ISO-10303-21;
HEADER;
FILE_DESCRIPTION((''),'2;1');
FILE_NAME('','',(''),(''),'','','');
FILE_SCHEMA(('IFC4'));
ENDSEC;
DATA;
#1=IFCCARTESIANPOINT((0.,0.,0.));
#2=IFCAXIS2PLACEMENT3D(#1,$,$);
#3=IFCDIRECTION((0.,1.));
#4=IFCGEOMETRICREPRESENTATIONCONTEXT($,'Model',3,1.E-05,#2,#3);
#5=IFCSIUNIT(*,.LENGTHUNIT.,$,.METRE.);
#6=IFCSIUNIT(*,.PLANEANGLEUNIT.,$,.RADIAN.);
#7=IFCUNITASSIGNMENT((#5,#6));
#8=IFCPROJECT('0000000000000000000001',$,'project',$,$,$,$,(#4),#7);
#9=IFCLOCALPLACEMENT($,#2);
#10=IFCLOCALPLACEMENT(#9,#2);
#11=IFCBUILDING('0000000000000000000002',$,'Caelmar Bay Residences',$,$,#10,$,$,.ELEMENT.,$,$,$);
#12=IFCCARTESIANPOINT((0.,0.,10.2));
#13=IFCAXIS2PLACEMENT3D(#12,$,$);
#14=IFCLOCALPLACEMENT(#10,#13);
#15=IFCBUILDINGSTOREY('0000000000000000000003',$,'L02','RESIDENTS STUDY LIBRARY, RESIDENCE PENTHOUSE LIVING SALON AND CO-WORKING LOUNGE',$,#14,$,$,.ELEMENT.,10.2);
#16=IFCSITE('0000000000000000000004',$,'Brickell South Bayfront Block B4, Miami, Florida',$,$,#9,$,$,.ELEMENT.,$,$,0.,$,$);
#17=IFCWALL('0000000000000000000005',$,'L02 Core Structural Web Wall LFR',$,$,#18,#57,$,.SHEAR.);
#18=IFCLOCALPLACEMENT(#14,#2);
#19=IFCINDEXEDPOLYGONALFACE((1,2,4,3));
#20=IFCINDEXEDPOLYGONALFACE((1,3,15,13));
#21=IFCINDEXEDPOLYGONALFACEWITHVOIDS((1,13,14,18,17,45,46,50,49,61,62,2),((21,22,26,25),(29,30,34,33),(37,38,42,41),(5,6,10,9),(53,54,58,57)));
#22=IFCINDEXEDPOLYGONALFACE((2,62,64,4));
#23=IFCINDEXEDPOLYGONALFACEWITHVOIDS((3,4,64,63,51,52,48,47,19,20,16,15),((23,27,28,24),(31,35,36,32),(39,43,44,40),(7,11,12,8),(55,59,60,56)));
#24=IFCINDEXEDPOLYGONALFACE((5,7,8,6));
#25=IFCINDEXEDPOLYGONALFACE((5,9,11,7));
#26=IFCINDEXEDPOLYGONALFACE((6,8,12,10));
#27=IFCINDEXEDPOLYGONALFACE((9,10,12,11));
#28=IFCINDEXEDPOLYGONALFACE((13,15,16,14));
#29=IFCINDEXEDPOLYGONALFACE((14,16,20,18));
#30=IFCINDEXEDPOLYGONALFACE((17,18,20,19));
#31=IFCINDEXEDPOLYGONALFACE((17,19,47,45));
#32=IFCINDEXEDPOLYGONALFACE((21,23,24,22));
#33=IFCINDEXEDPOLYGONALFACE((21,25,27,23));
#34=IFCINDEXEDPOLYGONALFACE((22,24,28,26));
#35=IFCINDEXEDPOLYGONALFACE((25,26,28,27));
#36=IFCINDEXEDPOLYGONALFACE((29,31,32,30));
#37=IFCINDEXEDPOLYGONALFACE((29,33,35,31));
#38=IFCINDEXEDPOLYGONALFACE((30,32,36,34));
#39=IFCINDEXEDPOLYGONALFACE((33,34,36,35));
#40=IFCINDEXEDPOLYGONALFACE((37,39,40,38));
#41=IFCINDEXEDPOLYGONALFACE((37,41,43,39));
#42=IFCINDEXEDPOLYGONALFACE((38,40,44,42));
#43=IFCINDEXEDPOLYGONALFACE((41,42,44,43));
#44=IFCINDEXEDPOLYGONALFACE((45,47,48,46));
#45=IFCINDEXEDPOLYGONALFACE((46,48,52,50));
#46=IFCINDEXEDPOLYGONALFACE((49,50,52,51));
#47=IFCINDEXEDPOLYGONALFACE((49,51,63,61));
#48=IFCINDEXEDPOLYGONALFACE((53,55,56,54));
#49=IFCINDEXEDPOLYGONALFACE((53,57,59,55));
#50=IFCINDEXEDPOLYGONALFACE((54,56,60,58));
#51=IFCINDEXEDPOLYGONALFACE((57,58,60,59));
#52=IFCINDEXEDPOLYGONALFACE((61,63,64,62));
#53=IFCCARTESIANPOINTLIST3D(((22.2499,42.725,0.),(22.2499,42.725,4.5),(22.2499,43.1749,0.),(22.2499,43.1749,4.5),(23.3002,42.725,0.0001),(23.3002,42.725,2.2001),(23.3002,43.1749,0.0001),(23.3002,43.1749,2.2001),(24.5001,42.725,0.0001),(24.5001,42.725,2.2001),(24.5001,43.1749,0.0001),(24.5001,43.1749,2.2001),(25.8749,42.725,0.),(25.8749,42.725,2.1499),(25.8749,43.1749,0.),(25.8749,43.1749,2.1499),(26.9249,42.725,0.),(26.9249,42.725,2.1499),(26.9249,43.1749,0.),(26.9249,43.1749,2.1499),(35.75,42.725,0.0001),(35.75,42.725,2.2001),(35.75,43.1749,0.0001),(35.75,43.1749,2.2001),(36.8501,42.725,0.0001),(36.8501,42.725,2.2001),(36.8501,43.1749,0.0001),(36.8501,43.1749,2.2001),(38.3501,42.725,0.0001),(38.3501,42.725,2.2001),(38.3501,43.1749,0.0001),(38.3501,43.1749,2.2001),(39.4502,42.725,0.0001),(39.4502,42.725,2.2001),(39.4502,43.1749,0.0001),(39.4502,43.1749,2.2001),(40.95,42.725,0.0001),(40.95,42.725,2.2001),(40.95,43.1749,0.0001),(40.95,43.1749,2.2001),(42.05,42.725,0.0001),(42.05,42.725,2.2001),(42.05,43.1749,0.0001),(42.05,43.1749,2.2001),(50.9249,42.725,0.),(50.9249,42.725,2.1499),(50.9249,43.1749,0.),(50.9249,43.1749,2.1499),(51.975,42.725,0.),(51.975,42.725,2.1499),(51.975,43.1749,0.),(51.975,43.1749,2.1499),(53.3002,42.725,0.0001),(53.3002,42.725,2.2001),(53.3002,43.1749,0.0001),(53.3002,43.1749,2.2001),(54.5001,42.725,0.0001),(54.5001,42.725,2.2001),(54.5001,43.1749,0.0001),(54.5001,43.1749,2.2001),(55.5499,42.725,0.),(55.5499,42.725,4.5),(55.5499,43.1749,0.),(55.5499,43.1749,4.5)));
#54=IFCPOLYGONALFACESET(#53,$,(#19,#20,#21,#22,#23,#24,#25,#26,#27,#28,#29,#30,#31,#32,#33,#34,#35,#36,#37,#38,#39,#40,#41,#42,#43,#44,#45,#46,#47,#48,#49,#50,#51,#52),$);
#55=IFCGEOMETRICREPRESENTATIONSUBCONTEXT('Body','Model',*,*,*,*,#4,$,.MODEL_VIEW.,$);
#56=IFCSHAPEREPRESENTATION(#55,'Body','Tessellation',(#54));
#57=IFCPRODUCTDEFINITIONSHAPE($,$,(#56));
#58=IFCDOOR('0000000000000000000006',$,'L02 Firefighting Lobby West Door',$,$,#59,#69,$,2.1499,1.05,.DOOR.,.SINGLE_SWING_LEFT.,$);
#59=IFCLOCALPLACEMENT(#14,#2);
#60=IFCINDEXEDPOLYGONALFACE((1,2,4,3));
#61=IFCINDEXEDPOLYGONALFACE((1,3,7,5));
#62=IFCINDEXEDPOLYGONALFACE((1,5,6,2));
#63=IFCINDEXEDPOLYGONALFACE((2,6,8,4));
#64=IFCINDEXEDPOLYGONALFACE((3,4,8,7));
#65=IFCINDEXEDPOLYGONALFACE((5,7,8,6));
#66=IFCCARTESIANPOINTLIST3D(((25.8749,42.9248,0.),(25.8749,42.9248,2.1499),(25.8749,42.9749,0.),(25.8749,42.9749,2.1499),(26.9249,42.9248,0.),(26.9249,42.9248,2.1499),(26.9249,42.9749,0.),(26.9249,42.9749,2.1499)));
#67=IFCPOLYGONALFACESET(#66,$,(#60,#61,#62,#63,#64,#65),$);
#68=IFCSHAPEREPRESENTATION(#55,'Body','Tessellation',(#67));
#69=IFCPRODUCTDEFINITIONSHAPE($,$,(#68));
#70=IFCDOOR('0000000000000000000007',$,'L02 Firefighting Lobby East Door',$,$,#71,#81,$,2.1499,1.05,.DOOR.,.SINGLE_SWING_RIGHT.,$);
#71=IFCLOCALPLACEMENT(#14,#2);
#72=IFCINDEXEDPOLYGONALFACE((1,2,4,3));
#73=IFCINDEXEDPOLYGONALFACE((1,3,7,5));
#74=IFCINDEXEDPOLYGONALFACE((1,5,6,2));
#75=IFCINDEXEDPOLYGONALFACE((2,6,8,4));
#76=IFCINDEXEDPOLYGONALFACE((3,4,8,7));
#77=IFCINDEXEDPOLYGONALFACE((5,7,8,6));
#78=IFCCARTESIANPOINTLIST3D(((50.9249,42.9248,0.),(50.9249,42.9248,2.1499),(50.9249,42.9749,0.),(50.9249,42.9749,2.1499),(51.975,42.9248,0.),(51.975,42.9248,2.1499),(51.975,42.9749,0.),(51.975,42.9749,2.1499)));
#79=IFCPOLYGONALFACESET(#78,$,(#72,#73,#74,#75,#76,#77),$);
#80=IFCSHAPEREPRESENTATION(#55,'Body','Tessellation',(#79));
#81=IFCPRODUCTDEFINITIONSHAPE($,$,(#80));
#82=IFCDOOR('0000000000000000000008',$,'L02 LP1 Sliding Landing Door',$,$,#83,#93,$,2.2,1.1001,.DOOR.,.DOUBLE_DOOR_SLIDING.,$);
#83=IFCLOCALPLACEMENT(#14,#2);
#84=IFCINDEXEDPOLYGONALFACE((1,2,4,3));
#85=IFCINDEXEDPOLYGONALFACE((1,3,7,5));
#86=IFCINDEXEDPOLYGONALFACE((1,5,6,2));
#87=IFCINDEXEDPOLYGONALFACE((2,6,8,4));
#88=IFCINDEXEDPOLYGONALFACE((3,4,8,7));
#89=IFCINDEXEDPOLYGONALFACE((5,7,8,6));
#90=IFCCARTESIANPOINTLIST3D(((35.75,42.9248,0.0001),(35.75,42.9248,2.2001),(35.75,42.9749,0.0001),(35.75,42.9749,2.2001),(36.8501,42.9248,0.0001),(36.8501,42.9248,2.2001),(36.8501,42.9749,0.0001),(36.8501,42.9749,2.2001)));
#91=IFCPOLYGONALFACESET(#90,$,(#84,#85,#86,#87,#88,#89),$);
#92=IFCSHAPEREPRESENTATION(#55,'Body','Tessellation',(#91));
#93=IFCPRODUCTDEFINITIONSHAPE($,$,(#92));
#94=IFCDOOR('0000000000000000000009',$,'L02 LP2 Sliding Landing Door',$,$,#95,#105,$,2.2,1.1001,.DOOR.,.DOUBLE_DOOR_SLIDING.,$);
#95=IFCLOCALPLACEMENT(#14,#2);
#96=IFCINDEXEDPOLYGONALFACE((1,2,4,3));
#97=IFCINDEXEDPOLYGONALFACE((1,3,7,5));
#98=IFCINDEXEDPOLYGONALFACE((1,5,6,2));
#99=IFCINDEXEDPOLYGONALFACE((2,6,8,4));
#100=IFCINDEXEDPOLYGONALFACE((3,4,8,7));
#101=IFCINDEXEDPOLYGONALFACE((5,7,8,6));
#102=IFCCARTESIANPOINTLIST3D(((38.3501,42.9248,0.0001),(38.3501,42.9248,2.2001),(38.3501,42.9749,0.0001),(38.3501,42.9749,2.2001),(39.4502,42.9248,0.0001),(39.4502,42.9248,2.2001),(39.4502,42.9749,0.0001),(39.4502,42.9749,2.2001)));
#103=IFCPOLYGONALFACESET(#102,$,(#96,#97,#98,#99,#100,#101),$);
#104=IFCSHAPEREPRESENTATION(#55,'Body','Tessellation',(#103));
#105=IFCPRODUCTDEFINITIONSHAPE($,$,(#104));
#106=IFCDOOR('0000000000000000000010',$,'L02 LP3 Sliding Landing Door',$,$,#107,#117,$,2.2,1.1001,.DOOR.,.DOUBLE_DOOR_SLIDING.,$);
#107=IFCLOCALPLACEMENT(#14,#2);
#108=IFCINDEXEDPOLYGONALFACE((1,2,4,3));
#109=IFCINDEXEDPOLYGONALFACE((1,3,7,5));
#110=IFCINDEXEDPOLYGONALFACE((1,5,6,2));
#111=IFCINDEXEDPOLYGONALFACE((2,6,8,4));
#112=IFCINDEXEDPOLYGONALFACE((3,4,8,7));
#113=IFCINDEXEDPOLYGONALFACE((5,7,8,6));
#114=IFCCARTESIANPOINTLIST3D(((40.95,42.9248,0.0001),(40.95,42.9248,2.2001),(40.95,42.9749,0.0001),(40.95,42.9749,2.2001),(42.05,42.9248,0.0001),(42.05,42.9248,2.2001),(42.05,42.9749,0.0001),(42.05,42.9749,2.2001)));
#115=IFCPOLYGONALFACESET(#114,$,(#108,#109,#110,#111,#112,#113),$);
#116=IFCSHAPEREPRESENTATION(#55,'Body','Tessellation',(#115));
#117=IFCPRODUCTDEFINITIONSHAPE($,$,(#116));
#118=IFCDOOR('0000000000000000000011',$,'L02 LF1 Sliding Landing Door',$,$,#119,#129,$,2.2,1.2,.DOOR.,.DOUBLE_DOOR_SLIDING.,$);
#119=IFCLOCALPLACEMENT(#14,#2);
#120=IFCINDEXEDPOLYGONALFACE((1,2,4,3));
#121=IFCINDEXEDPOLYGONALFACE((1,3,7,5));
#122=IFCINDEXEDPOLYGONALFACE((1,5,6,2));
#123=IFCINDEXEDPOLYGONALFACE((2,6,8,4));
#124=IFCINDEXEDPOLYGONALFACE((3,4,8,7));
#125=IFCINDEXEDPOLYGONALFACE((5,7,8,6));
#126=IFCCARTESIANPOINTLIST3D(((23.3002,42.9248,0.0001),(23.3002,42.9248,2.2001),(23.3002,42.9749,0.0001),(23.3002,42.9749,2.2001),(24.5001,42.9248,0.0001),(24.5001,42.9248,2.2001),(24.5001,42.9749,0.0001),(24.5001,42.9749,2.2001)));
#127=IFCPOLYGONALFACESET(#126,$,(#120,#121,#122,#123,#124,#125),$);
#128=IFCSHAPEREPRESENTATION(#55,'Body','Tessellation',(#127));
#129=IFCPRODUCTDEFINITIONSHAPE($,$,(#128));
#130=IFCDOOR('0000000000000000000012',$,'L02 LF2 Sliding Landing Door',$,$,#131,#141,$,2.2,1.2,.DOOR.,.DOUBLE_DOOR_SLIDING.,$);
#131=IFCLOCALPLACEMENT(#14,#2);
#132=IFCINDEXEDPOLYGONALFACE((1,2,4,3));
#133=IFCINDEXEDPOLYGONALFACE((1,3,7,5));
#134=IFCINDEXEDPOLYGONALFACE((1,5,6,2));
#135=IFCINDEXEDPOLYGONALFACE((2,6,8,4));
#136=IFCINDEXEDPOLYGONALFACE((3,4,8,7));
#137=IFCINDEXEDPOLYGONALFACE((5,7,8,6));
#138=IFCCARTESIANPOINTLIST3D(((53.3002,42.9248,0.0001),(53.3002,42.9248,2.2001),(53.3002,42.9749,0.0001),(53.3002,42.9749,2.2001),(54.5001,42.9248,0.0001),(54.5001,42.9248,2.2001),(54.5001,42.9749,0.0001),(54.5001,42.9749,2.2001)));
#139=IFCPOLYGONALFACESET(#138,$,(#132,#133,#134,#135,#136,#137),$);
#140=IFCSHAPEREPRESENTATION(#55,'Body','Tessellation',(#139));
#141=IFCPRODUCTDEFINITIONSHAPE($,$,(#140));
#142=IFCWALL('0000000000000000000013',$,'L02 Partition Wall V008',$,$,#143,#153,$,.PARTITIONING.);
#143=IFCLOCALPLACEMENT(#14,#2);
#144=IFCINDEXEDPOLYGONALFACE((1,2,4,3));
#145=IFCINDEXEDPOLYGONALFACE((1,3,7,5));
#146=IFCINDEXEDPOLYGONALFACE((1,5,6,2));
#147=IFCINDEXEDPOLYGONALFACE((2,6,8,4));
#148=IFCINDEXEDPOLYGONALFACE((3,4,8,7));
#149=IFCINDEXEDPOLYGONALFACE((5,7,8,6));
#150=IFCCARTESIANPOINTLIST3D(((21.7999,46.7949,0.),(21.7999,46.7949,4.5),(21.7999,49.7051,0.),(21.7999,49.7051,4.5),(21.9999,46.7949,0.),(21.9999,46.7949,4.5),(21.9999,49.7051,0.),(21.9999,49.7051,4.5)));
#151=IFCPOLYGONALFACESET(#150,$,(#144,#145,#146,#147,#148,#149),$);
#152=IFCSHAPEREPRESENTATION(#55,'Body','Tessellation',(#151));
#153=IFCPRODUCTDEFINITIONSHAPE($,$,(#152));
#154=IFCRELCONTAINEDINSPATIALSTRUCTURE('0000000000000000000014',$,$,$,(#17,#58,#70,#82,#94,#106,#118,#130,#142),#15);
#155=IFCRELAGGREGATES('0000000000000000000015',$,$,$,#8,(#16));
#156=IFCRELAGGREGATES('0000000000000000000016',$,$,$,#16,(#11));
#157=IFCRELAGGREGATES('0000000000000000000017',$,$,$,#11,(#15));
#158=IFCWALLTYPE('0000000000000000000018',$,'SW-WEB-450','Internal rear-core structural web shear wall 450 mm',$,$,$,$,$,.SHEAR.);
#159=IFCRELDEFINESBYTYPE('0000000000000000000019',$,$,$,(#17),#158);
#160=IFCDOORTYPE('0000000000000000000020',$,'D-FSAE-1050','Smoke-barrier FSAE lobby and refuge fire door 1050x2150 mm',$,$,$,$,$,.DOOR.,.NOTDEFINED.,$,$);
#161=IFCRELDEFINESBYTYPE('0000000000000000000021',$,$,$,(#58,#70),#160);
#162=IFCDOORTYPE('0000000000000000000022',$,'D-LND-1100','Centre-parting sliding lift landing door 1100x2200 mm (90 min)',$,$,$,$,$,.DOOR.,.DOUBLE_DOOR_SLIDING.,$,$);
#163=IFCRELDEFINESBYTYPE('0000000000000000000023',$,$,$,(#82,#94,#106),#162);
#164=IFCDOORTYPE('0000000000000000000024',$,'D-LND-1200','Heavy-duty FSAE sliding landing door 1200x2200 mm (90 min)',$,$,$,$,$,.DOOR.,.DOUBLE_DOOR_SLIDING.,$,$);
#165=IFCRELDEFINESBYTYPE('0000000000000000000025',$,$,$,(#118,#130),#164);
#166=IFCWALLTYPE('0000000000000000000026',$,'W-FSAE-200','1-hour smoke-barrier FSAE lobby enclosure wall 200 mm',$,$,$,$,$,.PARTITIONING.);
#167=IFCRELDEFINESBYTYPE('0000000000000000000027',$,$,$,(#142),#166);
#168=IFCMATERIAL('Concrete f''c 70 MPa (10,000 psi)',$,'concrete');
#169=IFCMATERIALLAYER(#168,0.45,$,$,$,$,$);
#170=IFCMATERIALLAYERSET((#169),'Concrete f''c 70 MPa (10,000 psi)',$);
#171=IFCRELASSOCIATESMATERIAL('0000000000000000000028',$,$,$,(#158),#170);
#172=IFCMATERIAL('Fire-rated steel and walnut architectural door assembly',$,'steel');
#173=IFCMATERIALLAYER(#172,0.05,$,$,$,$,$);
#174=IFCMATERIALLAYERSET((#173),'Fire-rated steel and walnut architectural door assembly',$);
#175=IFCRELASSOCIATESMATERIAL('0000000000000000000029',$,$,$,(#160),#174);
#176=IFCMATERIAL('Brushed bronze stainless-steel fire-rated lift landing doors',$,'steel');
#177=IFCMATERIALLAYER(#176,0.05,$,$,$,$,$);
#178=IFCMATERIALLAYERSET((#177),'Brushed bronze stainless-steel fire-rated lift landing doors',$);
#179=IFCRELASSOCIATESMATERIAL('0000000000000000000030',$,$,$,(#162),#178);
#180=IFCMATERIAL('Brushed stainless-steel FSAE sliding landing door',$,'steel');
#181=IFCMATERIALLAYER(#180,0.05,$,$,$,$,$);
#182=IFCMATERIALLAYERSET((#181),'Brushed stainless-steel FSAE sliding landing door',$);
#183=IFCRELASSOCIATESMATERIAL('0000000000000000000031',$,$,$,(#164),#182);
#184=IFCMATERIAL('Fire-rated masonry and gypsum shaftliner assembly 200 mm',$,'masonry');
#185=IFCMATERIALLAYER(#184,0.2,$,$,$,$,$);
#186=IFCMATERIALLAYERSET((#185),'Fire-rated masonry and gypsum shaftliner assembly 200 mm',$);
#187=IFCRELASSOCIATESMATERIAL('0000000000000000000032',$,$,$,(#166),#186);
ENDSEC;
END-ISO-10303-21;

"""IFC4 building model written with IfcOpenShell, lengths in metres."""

from ifc_helpers import new_model, si_unit, direction, frame, frame_2d, origin, place, context, subcontext, project, spatial, rectangle, extrude, material, layer, layer_set, type_object, element, fill, save


model = new_model("IFC4")

# Units and contexts
model_context = context("Model", 3, precision=1e-05, world=origin(), true_north=direction((0.0, 1.0)))
body_context = subcontext(model_context, "Body", "Model", "MODEL_VIEW")
ifc_project = project(units=[si_unit("LENGTHUNIT", "METRE"), si_unit("PLANEANGLEUNIT", "RADIAN")], contexts=[model_context])

# Site, building, storey
site_placement = place(None, origin())
site = spatial("IfcSite", under=ifc_project, at=site_placement, Name="Brickell South Bayfront Block B4, Miami, Florida", CompositionType="ELEMENT", RefElevation=0.0)
building_placement = place(site_placement, origin())
building = spatial("IfcBuilding", under=site, at=building_placement, Name="Caelmar Bay Residences", CompositionType="ELEMENT")
storey_placement = place(building_placement, frame((0.0, 0.0, 10.2)))
storey = spatial("IfcBuildingStorey", under=building, at=storey_placement, Name="L02", Description="RESIDENTS STUDY LIBRARY, RESIDENCE PENTHOUSE LIVING SALON AND CO-WORKING LOUNGE", CompositionType="ELEMENT", Elevation=10.2)

# Shared definitions
ifc_material_1 = material(Name="Fire-rated steel and walnut architectural door assembly", Category="steel")

# Shared definitions
ifc_material_2 = material(Name="Concrete f'c 70 MPa (10,000 psi)", Category="concrete")
ifc_layer_1 = layer(ifc_material_2, 0.45)
ifc_layer_set_1 = layer_set([ifc_layer_1], Name="Concrete f'c 70 MPa (10,000 psi)")
wall_type_1 = type_object("IfcWallType", Name="SW-WEB-450", Description="Internal rear-core structural web shear wall 450 mm", PredefinedType="SHEAR", material=ifc_layer_set_1)

# Wall, openings, doors
wall_1_placement = place(storey_placement, frame((22.25, 42.95, 0.0), z_axis=(0.0, 0.0, 1.0), x_axis=(1.0, 0.0, 0.0)))
wall_1 = element("IfcWall", 1, at=wall_1_placement, inside=storey, type_object=wall_type_1, Name="L02 Core Structural Web Wall LFR", PredefinedType="SHEAR", context=body_context, shape_type="SweptSolid", body=[
    extrude(rectangle(XDim=33.3, YDim=0.45, at=frame_2d((16.6499, 0.0))), origin(), (0.0, 0.0, 1.0), 4.5),
])
opening_1_placement = place(wall_1_placement, frame((1.05, 0.0, 0.0)))
opening_1 = element("IfcOpeningElement", 2, at=opening_1_placement, cuts=wall_1, PredefinedType="OPENING", context=body_context, shape_type="SweptSolid", body=[
    extrude(rectangle(XDim=1.2, YDim=2.2, at=frame_2d((0.6001, 1.1001))), frame((0.0, 0.2349, 0.0), z_axis=(0.0, -1.0, 0.0), x_axis=(1.0, 0.0, 0.0)), (0.0, 0.0, 1.0), 0.47),
])
opening_2_placement = place(wall_1_placement, frame((31.05, 0.0, 0.0)))
opening_2 = element("IfcOpeningElement", 3, at=opening_2_placement, cuts=wall_1, PredefinedType="OPENING", context=body_context, shape_type="SweptSolid", body=[
    extrude(rectangle(XDim=1.2, YDim=2.2, at=frame_2d((0.6001, 1.1001))), frame((0.0, 0.2349, 0.0), z_axis=(0.0, -1.0, 0.0), x_axis=(1.0, 0.0, 0.0)), (0.0, 0.0, 1.0), 0.47),
])
opening_3_placement = place(wall_1_placement, frame((13.5, 0.0, 0.0)))
opening_3 = element("IfcOpeningElement", 4, at=opening_3_placement, cuts=wall_1, PredefinedType="OPENING", context=body_context, shape_type="SweptSolid", body=[
    extrude(rectangle(XDim=1.1001, YDim=2.2, at=frame_2d((0.55, 1.1001))), frame((0.0, 0.2349, 0.0), z_axis=(0.0, -1.0, 0.0), x_axis=(1.0, 0.0, 0.0)), (0.0, 0.0, 1.0), 0.47),
])
opening_4_placement = place(wall_1_placement, frame((16.1001, 0.0, 0.0)))
opening_4 = element("IfcOpeningElement", 5, at=opening_4_placement, cuts=wall_1, PredefinedType="OPENING", context=body_context, shape_type="SweptSolid", body=[
    extrude(rectangle(XDim=1.1001, YDim=2.2, at=frame_2d((0.55, 1.1001))), frame((0.0, 0.2349, 0.0), z_axis=(0.0, -1.0, 0.0), x_axis=(1.0, 0.0, 0.0)), (0.0, 0.0, 1.0), 0.47),
])
opening_5_placement = place(wall_1_placement, frame((18.7, 0.0, 0.0)))
opening_5 = element("IfcOpeningElement", 6, at=opening_5_placement, cuts=wall_1, PredefinedType="OPENING", context=body_context, shape_type="SweptSolid", body=[
    extrude(rectangle(XDim=1.1001, YDim=2.2, at=frame_2d((0.55, 1.1001))), frame((0.0, 0.2349, 0.0), z_axis=(0.0, -1.0, 0.0), x_axis=(1.0, 0.0, 0.0)), (0.0, 0.0, 1.0), 0.47),
])
opening_6_placement = place(wall_1_placement, frame((3.625, 0.0, 0.0)))
opening_6 = element("IfcOpeningElement", 7, at=opening_6_placement, cuts=wall_1, PredefinedType="OPENING", context=body_context, shape_type="SweptSolid", body=[
    extrude(rectangle(XDim=1.05, YDim=2.1499, at=frame_2d((0.5249, 1.075))), frame((0.0, 0.2349, 0.0), z_axis=(0.0, -1.0, 0.0), x_axis=(1.0, 0.0, 0.0)), (0.0, 0.0, 1.0), 0.47),
])
opening_7_placement = place(wall_1_placement, frame((28.675, 0.0, 0.0)))
opening_7 = element("IfcOpeningElement", 8, at=opening_7_placement, cuts=wall_1, PredefinedType="OPENING", context=body_context, shape_type="SweptSolid", body=[
    extrude(rectangle(XDim=1.05, YDim=2.1499, at=frame_2d((0.5249, 1.075))), frame((0.0, 0.2349, 0.0), z_axis=(0.0, -1.0, 0.0), x_axis=(1.0, 0.0, 0.0)), (0.0, 0.0, 1.0), 0.47),
])
ifc_layer_2 = layer(ifc_material_1, 0.05)
ifc_layer_set_2 = layer_set([ifc_layer_2], Name="Fire-rated steel and walnut architectural door assembly")
door_type_1 = type_object("IfcDoorType", Name="D-FSAE-1050", Description="Smoke-barrier FSAE lobby and refuge fire door 1050x2150 mm", OperationType="NOTDEFINED", PredefinedType="DOOR", material=ifc_layer_set_2)
door_1_placement = place(opening_6_placement, origin())
door_1 = element("IfcDoor", 9, at=door_1_placement, inside=storey, type_object=door_type_1, Name="L02 Firefighting Lobby West Door", OperationType="SINGLE_SWING_LEFT", OverallHeight=2.1499, OverallWidth=1.05, PredefinedType="DOOR", context=body_context, shape_type="SweptSolid", body=[
    extrude(rectangle(XDim=1.05, YDim=2.1499, at=frame_2d((0.5249, 1.075))), frame((0.0, 0.0249, 0.0), z_axis=(0.0, -1.0, 0.0), x_axis=(1.0, 0.0, 0.0)), (0.0, 0.0, 1.0), 0.05),
])
fill(opening_6, door_1)
door_2_placement = place(opening_7_placement, origin())
door_2 = element("IfcDoor", 10, at=door_2_placement, inside=storey, type_object=door_type_1, Name="L02 Firefighting Lobby East Door", OperationType="SINGLE_SWING_RIGHT", OverallHeight=2.1499, OverallWidth=1.05, PredefinedType="DOOR", context=body_context, shape_type="SweptSolid", body=[
    extrude(rectangle(XDim=1.05, YDim=2.1499, at=frame_2d((0.5249, 1.075))), frame((0.0, 0.0249, 0.0), z_axis=(0.0, -1.0, 0.0), x_axis=(1.0, 0.0, 0.0)), (0.0, 0.0, 1.0), 0.05),
])
fill(opening_7, door_2)
ifc_material_3 = material(Name="Brushed bronze stainless-steel fire-rated lift landing doors", Category="steel")
ifc_layer_3 = layer(ifc_material_3, 0.05)
ifc_layer_set_3 = layer_set([ifc_layer_3], Name="Brushed bronze stainless-steel fire-rated lift landing doors")
door_type_2 = type_object("IfcDoorType", Name="D-LND-1100", Description="Centre-parting sliding lift landing door 1100x2200 mm (90 min)", OperationType="DOUBLE_DOOR_SLIDING", PredefinedType="DOOR", material=ifc_layer_set_3)
door_3_placement = place(opening_3_placement, origin())
door_3 = element("IfcDoor", 11, at=door_3_placement, inside=storey, type_object=door_type_2, Name="L02 LP1 Sliding Landing Door", OperationType="DOUBLE_DOOR_SLIDING", OverallHeight=2.2, OverallWidth=1.1001, PredefinedType="DOOR", context=body_context, shape_type="SweptSolid", body=[
    extrude(rectangle(XDim=1.1001, YDim=2.2, at=frame_2d((0.55, 1.1001))), frame((0.0, 0.0249, 0.0), z_axis=(0.0, -1.0, 0.0), x_axis=(1.0, 0.0, 0.0)), (0.0, 0.0, 1.0), 0.05),
])
fill(opening_3, door_3)
door_4_placement = place(opening_4_placement, origin())
door_4 = element("IfcDoor", 12, at=door_4_placement, inside=storey, type_object=door_type_2, Name="L02 LP2 Sliding Landing Door", OperationType="DOUBLE_DOOR_SLIDING", OverallHeight=2.2, OverallWidth=1.1001, PredefinedType="DOOR", context=body_context, shape_type="SweptSolid", body=[
    extrude(rectangle(XDim=1.1001, YDim=2.2, at=frame_2d((0.55, 1.1001))), frame((0.0, 0.0249, 0.0), z_axis=(0.0, -1.0, 0.0), x_axis=(1.0, 0.0, 0.0)), (0.0, 0.0, 1.0), 0.05),
])
fill(opening_4, door_4)
door_5_placement = place(opening_5_placement, origin())
door_5 = element("IfcDoor", 13, at=door_5_placement, inside=storey, type_object=door_type_2, Name="L02 LP3 Sliding Landing Door", OperationType="DOUBLE_DOOR_SLIDING", OverallHeight=2.2, OverallWidth=1.1001, PredefinedType="DOOR", context=body_context, shape_type="SweptSolid", body=[
    extrude(rectangle(XDim=1.1001, YDim=2.2, at=frame_2d((0.55, 1.1001))), frame((0.0, 0.0249, 0.0), z_axis=(0.0, -1.0, 0.0), x_axis=(1.0, 0.0, 0.0)), (0.0, 0.0, 1.0), 0.05),
])
fill(opening_5, door_5)
ifc_material_4 = material(Name="Brushed stainless-steel FSAE sliding landing door", Category="steel")
ifc_layer_4 = layer(ifc_material_4, 0.05)
ifc_layer_set_4 = layer_set([ifc_layer_4], Name="Brushed stainless-steel FSAE sliding landing door")
door_type_3 = type_object("IfcDoorType", Name="D-LND-1200", Description="Heavy-duty FSAE sliding landing door 1200x2200 mm (90 min)", OperationType="DOUBLE_DOOR_SLIDING", PredefinedType="DOOR", material=ifc_layer_set_4)
door_6_placement = place(opening_1_placement, origin())
door_6 = element("IfcDoor", 14, at=door_6_placement, inside=storey, type_object=door_type_3, Name="L02 LF1 Sliding Landing Door", OperationType="DOUBLE_DOOR_SLIDING", OverallHeight=2.2, OverallWidth=1.2, PredefinedType="DOOR", context=body_context, shape_type="SweptSolid", body=[
    extrude(rectangle(XDim=1.2, YDim=2.2, at=frame_2d((0.6001, 1.1001))), frame((0.0, 0.0249, 0.0), z_axis=(0.0, -1.0, 0.0), x_axis=(1.0, 0.0, 0.0)), (0.0, 0.0, 1.0), 0.05),
])
fill(opening_1, door_6)
door_7_placement = place(opening_2_placement, origin())
door_7 = element("IfcDoor", 15, at=door_7_placement, inside=storey, type_object=door_type_3, Name="L02 LF2 Sliding Landing Door", OperationType="DOUBLE_DOOR_SLIDING", OverallHeight=2.2, OverallWidth=1.2, PredefinedType="DOOR", context=body_context, shape_type="SweptSolid", body=[
    extrude(rectangle(XDim=1.2, YDim=2.2, at=frame_2d((0.6001, 1.1001))), frame((0.0, 0.0249, 0.0), z_axis=(0.0, -1.0, 0.0), x_axis=(1.0, 0.0, 0.0)), (0.0, 0.0, 1.0), 0.05),
])
fill(opening_2, door_7)

# Wall
ifc_material_5 = material(Name="Fire-rated masonry and gypsum shaftliner assembly 200 mm", Category="masonry")
ifc_layer_5 = layer(ifc_material_5, 0.2)
ifc_layer_set_5 = layer_set([ifc_layer_5], Name="Fire-rated masonry and gypsum shaftliner assembly 200 mm")
wall_type_2 = type_object("IfcWallType", Name="W-FSAE-200", Description="1-hour smoke-barrier FSAE lobby enclosure wall 200 mm", PredefinedType="PARTITIONING", material=ifc_layer_set_5)
wall_2_placement = place(storey_placement, frame((21.8999, 46.7949, 0.0), z_axis=(0.0, 0.0, 1.0), x_axis=(0.0, 1.0, 0.0)))
element("IfcWall", 16, at=wall_2_placement, inside=storey, type_object=wall_type_2, Name="L02 Partition Wall V008", PredefinedType="PARTITIONING", context=body_context, shape_type="SweptSolid", body=[
    extrude(rectangle(XDim=2.9102, YDim=0.2, at=frame_2d((1.4551, 0.0))), origin(), (0.0, 0.0, 1.0), 4.5),
])

save(model, "model.ifc")
